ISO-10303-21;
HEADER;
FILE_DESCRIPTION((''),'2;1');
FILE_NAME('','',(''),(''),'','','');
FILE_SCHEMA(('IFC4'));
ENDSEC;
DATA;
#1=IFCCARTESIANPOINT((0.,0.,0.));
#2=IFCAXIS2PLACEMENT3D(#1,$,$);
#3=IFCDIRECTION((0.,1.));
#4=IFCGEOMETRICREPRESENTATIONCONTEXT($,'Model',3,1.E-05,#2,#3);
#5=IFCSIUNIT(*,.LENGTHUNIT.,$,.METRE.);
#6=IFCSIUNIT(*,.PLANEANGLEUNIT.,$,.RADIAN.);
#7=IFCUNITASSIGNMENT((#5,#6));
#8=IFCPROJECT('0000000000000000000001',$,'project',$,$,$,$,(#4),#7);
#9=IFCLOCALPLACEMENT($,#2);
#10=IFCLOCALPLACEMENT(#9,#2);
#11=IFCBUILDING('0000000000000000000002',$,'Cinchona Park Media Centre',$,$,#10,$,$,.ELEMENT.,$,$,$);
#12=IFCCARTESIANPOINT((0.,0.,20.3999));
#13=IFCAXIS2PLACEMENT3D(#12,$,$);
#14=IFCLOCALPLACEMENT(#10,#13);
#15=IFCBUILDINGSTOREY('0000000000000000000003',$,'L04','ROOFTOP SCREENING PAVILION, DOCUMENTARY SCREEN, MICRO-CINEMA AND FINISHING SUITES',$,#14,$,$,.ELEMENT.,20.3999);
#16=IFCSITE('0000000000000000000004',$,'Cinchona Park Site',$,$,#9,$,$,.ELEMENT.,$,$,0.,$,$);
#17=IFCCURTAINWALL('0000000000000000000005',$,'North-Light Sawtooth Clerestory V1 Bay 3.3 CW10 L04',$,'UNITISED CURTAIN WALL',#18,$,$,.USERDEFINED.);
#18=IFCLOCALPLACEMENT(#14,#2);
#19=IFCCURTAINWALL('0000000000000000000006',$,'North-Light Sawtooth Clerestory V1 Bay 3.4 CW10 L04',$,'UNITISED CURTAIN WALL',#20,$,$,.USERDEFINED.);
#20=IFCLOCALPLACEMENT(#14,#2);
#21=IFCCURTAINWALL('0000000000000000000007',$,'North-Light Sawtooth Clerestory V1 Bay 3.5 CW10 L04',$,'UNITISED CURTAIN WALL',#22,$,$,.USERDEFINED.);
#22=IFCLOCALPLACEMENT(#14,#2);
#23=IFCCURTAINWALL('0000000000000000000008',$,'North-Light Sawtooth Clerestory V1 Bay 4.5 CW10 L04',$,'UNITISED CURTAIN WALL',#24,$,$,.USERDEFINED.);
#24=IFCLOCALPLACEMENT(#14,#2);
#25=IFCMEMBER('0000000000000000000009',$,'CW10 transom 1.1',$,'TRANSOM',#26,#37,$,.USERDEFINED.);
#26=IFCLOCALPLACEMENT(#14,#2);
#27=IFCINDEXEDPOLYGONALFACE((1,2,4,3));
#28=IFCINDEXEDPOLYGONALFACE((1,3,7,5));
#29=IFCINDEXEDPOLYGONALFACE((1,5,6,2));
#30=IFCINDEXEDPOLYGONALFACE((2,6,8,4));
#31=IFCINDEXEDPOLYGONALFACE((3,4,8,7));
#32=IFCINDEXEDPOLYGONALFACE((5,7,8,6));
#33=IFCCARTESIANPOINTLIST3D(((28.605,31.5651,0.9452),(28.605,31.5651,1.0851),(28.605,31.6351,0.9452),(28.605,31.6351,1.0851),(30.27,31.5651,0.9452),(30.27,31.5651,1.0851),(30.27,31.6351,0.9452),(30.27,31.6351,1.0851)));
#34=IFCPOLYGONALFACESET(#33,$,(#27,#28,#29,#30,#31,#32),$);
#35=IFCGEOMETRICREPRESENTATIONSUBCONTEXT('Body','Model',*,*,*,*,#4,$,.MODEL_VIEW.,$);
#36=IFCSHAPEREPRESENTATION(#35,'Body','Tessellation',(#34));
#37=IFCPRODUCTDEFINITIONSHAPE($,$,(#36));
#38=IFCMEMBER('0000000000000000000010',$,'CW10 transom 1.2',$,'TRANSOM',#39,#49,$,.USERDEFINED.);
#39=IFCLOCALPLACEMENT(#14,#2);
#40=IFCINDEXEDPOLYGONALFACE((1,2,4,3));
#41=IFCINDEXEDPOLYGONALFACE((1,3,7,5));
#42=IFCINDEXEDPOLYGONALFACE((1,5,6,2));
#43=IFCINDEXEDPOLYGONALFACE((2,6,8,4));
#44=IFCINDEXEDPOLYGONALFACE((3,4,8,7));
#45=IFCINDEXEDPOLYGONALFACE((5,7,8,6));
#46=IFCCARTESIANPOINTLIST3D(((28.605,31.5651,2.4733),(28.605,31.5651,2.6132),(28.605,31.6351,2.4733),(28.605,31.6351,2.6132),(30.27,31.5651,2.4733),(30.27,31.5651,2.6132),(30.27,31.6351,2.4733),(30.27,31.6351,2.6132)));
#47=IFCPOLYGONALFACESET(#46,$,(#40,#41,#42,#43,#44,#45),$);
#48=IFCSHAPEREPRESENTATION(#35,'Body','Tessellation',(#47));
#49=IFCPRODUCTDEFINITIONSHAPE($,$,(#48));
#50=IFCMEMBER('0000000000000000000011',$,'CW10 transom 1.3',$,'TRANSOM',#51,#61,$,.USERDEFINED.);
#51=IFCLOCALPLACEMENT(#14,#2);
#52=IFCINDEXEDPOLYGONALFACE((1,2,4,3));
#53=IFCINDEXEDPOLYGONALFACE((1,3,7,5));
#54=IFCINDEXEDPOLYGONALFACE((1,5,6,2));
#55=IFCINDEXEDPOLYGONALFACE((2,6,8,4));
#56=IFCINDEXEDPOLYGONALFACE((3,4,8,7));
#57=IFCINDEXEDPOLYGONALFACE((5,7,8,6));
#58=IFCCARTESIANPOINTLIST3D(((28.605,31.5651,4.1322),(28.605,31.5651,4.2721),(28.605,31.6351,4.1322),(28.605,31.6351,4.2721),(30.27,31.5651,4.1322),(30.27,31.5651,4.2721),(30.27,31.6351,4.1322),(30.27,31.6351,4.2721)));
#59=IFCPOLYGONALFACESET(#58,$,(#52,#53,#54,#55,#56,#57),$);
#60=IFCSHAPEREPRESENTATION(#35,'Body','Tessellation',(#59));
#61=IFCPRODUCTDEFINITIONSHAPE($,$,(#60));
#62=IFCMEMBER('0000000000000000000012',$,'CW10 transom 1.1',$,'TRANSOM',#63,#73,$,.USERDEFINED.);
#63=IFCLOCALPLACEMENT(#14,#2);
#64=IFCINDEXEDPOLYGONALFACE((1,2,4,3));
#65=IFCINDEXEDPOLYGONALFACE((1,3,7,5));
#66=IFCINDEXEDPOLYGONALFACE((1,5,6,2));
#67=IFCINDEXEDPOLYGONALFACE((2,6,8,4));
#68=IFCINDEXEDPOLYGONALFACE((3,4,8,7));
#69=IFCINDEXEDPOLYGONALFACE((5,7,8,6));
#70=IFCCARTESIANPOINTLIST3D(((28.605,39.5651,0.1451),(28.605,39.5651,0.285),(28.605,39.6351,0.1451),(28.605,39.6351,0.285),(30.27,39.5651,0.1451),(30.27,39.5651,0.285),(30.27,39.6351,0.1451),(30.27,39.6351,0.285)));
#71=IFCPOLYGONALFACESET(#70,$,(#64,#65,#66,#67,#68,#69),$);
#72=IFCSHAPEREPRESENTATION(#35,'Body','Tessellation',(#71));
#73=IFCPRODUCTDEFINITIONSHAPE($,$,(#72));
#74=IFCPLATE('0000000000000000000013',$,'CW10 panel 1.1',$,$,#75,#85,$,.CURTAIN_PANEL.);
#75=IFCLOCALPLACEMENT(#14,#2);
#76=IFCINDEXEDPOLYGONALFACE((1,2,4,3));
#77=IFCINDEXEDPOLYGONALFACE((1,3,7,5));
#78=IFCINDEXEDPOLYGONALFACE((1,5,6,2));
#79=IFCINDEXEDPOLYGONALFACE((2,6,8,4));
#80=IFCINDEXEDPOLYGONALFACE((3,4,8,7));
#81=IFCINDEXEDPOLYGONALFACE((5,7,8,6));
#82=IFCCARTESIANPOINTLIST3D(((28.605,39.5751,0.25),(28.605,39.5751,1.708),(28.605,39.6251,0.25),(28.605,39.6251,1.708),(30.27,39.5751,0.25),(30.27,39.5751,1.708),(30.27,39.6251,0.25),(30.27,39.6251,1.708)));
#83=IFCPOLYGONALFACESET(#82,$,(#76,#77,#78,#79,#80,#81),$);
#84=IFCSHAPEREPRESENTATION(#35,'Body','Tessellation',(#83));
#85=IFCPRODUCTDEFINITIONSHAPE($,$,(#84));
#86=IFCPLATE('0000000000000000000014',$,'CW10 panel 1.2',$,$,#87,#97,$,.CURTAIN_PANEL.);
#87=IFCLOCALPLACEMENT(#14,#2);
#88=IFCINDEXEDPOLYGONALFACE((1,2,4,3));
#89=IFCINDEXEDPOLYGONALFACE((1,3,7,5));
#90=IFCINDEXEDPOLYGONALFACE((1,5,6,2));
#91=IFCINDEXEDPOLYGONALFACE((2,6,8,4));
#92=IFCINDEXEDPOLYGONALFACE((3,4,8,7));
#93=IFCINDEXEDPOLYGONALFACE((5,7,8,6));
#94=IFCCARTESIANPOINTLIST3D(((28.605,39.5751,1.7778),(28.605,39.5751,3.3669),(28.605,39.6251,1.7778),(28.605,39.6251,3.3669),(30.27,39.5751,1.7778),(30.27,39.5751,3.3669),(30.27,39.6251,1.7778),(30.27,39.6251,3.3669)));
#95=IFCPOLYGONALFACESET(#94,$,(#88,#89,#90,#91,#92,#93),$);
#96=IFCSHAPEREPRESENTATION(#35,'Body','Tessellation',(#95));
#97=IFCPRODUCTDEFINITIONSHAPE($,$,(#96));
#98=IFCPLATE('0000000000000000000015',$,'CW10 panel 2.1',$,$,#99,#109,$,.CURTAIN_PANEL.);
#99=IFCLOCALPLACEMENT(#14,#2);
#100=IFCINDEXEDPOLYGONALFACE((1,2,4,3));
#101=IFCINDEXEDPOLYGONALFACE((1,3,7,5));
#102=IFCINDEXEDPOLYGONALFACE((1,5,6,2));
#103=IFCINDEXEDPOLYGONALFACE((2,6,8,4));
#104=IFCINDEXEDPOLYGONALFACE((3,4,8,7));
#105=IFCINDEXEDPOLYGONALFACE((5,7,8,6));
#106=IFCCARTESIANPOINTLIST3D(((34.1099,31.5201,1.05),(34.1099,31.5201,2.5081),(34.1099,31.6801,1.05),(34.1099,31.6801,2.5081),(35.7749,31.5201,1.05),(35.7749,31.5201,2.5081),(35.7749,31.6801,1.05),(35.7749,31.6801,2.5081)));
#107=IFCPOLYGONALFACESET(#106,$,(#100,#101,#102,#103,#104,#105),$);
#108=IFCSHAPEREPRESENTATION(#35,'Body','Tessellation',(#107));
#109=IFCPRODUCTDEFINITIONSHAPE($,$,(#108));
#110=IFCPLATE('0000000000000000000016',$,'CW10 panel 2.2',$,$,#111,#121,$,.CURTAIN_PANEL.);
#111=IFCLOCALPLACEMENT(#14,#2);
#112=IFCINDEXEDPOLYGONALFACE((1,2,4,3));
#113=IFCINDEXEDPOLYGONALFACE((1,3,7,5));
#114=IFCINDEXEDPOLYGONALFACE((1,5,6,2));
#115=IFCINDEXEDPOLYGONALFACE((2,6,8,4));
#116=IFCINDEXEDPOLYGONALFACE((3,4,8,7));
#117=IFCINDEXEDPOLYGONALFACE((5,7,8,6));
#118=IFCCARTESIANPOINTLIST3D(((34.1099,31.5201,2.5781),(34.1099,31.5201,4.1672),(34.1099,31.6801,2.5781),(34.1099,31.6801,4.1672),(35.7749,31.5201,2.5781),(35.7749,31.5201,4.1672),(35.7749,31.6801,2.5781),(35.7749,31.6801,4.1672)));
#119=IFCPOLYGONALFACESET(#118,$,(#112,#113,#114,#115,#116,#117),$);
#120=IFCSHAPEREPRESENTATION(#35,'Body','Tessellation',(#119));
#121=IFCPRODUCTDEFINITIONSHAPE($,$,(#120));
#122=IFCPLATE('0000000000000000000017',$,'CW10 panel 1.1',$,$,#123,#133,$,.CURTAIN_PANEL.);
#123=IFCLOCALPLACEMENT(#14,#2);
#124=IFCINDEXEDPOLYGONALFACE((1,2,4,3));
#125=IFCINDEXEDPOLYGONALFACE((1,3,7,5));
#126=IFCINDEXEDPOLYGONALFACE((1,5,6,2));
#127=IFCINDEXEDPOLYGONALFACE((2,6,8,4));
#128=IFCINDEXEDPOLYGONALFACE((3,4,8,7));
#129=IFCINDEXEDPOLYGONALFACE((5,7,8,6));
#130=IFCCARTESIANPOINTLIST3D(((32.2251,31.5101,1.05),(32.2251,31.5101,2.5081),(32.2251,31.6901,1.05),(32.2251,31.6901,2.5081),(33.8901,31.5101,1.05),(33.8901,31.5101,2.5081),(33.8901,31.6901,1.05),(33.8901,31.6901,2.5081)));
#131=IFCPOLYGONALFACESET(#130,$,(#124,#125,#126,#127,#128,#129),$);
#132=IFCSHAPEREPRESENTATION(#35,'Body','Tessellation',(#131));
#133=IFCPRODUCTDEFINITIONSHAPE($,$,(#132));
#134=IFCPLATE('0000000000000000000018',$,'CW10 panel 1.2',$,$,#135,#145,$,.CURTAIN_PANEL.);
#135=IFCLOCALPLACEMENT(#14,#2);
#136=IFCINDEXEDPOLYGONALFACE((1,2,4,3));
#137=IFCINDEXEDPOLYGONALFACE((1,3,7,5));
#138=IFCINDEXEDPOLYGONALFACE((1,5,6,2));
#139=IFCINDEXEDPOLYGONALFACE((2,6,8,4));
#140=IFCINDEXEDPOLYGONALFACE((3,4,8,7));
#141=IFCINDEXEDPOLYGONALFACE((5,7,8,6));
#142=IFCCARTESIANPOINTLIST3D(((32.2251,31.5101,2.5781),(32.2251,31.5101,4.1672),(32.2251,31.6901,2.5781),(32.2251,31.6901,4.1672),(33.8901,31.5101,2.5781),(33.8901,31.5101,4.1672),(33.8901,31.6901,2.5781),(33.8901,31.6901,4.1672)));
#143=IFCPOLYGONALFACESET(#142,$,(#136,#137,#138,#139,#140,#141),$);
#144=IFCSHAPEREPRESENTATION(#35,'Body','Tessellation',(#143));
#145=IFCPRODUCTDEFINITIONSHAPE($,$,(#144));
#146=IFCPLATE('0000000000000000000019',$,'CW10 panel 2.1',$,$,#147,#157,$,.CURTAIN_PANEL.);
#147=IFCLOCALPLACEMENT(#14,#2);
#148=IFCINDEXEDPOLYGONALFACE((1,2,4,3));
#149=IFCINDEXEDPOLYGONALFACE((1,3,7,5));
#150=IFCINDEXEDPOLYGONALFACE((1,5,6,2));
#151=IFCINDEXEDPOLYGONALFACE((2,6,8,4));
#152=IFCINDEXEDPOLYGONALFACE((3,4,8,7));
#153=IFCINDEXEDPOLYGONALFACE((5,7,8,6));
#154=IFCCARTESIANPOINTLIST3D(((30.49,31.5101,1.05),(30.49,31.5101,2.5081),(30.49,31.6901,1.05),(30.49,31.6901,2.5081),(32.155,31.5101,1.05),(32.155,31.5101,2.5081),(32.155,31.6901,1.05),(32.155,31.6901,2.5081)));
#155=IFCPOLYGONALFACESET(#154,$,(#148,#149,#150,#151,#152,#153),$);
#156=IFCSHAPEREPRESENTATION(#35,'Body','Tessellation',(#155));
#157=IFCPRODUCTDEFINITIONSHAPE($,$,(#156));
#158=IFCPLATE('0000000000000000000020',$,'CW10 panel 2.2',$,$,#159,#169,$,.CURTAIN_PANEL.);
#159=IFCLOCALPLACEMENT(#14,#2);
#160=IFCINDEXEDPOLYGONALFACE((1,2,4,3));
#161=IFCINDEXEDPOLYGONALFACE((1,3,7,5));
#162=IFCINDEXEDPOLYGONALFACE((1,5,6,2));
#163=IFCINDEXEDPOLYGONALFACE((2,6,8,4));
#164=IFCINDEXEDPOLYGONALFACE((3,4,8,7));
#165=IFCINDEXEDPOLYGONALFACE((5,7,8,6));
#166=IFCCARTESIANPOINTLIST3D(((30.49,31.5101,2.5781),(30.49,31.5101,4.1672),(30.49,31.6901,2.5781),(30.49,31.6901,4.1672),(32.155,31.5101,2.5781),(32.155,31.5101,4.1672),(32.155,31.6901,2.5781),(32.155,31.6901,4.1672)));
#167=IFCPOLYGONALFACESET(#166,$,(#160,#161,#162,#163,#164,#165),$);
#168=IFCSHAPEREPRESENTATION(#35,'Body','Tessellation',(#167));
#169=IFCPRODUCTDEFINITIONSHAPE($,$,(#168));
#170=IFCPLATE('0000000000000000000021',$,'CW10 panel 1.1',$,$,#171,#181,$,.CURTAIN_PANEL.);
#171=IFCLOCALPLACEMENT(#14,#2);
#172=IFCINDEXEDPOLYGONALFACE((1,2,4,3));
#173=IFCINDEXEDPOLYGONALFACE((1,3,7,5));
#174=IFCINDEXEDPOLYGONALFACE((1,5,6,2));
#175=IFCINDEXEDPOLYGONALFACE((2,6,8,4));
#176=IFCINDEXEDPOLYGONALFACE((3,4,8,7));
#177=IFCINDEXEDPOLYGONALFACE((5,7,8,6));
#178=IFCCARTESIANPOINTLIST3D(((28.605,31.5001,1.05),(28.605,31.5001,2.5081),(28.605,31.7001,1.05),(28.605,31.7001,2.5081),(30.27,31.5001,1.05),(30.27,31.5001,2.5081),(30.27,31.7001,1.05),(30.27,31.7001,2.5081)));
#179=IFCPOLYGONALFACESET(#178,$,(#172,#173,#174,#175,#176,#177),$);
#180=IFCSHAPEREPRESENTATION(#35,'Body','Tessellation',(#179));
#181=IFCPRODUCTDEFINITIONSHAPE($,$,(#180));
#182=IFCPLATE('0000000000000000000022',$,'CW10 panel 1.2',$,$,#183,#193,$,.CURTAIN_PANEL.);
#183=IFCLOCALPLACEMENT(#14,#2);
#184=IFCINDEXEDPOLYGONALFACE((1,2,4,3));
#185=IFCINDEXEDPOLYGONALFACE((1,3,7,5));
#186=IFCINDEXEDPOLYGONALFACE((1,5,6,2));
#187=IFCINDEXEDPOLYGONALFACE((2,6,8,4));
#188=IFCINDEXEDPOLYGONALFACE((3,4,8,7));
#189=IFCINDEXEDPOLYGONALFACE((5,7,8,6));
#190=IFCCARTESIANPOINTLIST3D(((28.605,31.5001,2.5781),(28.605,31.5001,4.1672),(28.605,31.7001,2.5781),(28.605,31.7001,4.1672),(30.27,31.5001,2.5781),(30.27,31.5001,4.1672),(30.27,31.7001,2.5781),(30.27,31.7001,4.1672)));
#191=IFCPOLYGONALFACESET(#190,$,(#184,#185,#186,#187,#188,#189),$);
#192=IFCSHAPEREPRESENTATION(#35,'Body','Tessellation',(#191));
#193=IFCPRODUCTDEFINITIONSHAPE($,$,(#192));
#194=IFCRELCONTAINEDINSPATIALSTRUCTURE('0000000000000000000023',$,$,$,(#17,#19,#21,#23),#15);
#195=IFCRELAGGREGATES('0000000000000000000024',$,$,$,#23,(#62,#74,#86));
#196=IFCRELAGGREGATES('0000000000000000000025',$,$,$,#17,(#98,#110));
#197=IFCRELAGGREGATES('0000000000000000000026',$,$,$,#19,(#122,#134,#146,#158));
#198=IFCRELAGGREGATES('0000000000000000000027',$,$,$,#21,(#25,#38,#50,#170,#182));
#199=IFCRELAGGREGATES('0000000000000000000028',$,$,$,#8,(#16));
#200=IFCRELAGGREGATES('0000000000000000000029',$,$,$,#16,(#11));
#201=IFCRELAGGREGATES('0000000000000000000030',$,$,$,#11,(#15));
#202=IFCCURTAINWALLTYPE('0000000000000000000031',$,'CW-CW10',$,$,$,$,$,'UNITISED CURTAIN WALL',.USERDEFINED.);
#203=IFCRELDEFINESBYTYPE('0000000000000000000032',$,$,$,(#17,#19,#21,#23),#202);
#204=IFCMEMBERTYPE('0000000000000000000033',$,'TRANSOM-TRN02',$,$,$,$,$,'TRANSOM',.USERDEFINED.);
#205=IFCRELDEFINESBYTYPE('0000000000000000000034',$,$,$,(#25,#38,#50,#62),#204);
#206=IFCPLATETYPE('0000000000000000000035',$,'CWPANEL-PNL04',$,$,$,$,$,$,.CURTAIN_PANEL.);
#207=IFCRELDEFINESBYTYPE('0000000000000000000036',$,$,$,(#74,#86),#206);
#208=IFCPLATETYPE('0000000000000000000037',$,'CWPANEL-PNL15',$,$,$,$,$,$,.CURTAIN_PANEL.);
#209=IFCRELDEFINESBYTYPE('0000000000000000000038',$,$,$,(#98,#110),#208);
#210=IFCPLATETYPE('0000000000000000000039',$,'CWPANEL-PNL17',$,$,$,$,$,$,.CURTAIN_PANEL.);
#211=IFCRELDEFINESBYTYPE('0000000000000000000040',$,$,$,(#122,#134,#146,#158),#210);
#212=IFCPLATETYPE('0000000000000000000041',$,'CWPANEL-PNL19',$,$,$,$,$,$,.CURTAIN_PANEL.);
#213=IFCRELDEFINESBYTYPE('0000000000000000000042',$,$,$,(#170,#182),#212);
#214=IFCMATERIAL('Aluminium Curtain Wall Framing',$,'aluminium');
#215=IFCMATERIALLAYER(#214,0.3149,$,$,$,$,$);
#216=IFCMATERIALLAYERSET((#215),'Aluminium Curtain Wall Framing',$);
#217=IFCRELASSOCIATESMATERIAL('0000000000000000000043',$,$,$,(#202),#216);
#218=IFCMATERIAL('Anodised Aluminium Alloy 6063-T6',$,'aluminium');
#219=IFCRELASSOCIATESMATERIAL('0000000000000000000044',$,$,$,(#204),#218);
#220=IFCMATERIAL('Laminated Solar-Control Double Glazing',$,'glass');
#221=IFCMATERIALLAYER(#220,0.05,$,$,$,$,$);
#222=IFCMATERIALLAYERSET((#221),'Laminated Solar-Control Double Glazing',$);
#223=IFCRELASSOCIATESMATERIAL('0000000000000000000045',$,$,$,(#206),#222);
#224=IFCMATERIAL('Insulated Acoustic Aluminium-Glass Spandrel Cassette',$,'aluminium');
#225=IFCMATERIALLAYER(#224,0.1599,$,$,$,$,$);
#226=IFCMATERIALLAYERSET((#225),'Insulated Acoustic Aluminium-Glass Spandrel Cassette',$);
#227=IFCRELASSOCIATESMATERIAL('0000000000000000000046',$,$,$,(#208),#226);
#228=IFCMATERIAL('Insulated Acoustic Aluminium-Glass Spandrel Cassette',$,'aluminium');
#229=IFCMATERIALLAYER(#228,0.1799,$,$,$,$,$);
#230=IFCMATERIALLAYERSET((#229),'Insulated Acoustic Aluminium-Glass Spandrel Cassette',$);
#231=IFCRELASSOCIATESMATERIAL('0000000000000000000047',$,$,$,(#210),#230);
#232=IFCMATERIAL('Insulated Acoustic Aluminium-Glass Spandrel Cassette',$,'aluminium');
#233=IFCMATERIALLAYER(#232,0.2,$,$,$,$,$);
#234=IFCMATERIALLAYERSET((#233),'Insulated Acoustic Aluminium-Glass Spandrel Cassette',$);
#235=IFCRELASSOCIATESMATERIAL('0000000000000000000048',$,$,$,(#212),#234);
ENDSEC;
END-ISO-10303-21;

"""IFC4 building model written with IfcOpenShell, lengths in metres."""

from ifc_helpers import new_model, si_unit, direction, frame, origin, origin_2d, place, context, subcontext, project, spatial, rectangle, extrude, material, layer, layer_set, material_profile, profile_set, type_object, element, aggregate, save


model = new_model("IFC4")

# Units and contexts
model_context = context("Model", 3, precision=1e-05, world=origin(), true_north=direction((0.0, 1.0)))
body_context = subcontext(model_context, "Body", "Model", "MODEL_VIEW")
ifc_project = project(units=[si_unit("LENGTHUNIT", "METRE"), si_unit("PLANEANGLEUNIT", "RADIAN")], contexts=[model_context])

# Site, building, storey
site_placement = place(None, origin())
site = spatial("IfcSite", under=ifc_project, at=site_placement, Name="Cinchona Park Site", CompositionType="ELEMENT", RefElevation=0.0)
building_placement = place(site_placement, origin())
building = spatial("IfcBuilding", under=site, at=building_placement, Name="Cinchona Park Media Centre", CompositionType="ELEMENT")
storey_placement = place(building_placement, frame((0.0, 0.0, 20.3999)))
storey = spatial("IfcBuildingStorey", under=building, at=storey_placement, Name="L04", Description="ROOFTOP SCREENING PAVILION, DOCUMENTARY SCREEN, MICRO-CINEMA AND FINISHING SUITES", CompositionType="ELEMENT", Elevation=20.3999)

# Curtain wall
ifc_material_1 = material(Name="Aluminium Curtain Wall Framing", Category="aluminium")
ifc_layer_1 = layer(ifc_material_1, 0.3149)
ifc_layer_set_1 = layer_set([ifc_layer_1], Name="Aluminium Curtain Wall Framing")
curtain_wall_type = type_object("IfcCurtainWallType", Name="CW-CW10", ElementType="UNITISED CURTAIN WALL", PredefinedType="USERDEFINED", material=ifc_layer_set_1)
curtain_wall_1_placement = place(storey_placement, origin())
curtain_wall_1 = element("IfcCurtainWall", 1, at=curtain_wall_1_placement, inside=storey, type_object=curtain_wall_type, Name="North-Light Sawtooth Clerestory V1 Bay 3.3 CW10 L04", ObjectType="UNITISED CURTAIN WALL", PredefinedType="USERDEFINED")

# Curtain walls
curtain_wall_2_placement = place(storey_placement, origin())
curtain_wall_2 = element("IfcCurtainWall", 2, at=curtain_wall_2_placement, inside=storey, type_object=curtain_wall_type, Name="North-Light Sawtooth Clerestory V1 Bay 3.4 CW10 L04", ObjectType="UNITISED CURTAIN WALL", PredefinedType="USERDEFINED")
curtain_wall_3_placement = place(storey_placement, origin())
curtain_wall_3 = element("IfcCurtainWall", 3, at=curtain_wall_3_placement, inside=storey, type_object=curtain_wall_type, Name="North-Light Sawtooth Clerestory V1 Bay 3.5 CW10 L04", ObjectType="UNITISED CURTAIN WALL", PredefinedType="USERDEFINED")

# Curtain wall
curtain_wall_4_placement = place(storey_placement, origin())
curtain_wall_4 = element("IfcCurtainWall", 4, at=curtain_wall_4_placement, inside=storey, type_object=curtain_wall_type, Name="North-Light Sawtooth Clerestory V1 Bay 4.5 CW10 L04", ObjectType="UNITISED CURTAIN WALL", PredefinedType="USERDEFINED")

# Members
ifc_material_2 = material(Name="Anodised Aluminium Alloy 6063-T6", Category="aluminium")
ifc_material_profile_1 = material_profile(ifc_material_2, rectangle(XDim=0.0701, YDim=0.1399, at=origin_2d()), Name="TRN-70X140")
ifc_profile_set_1 = profile_set([ifc_material_profile_1], Name="Anodised Aluminium Alloy 6063-T6")
member_type_1 = type_object("IfcMemberType", Name="TRANSOM-TRN02", ElementType="TRANSOM", PredefinedType="USERDEFINED", material=ifc_profile_set_1)
member_1_placement = place(storey_placement, frame((30.27, 31.6001, 1.0151), z_axis=(-1.0, 0.0, 0.0), x_axis=(0.0, -1.0, 0.0)))
member_1 = element("IfcMember", 5, at=member_1_placement, type_object=member_type_1, Name="CW10 transom 1.1", ObjectType="TRANSOM", PredefinedType="USERDEFINED", context=body_context, shape_type="SweptSolid", body=[
    extrude(rectangle(XDim=0.0701, YDim=0.1399, at=origin_2d()), origin(), (0.0, 0.0, 1.0), 1.665),
])
member_2_placement = place(storey_placement, frame((30.27, 31.6001, 2.5432), z_axis=(-1.0, 0.0, 0.0), x_axis=(0.0, -1.0, 0.0)))
member_2 = element("IfcMember", 6, at=member_2_placement, type_object=member_type_1, Name="CW10 transom 1.2", ObjectType="TRANSOM", PredefinedType="USERDEFINED", context=body_context, shape_type="SweptSolid", body=[
    extrude(rectangle(XDim=0.0701, YDim=0.1399, at=origin_2d()), origin(), (0.0, 0.0, 1.0), 1.665),
])
member_3_placement = place(storey_placement, frame((30.27, 31.6001, 4.2021), z_axis=(-1.0, 0.0, 0.0), x_axis=(0.0, -1.0, 0.0)))
member_3 = element("IfcMember", 7, at=member_3_placement, type_object=member_type_1, Name="CW10 transom 1.3", ObjectType="TRANSOM", PredefinedType="USERDEFINED", context=body_context, shape_type="SweptSolid", body=[
    extrude(rectangle(XDim=0.0701, YDim=0.1399, at=origin_2d()), origin(), (0.0, 0.0, 1.0), 1.665),
])
member_4_placement = place(storey_placement, frame((30.27, 39.6001, 0.2151), z_axis=(-1.0, 0.0, 0.0), x_axis=(0.0, -1.0, 0.0)))
member_4 = element("IfcMember", 8, at=member_4_placement, type_object=member_type_1, Name="CW10 transom 1.1", ObjectType="TRANSOM", PredefinedType="USERDEFINED", context=body_context, shape_type="SweptSolid", body=[
    extrude(rectangle(XDim=0.0701, YDim=0.1399, at=origin_2d()), origin(), (0.0, 0.0, 1.0), 1.665),
])

# Plates
ifc_material_3 = material(Name="Laminated Solar-Control Double Glazing", Category="glass")
ifc_layer_2 = layer(ifc_material_3, 0.05)
ifc_layer_set_2 = layer_set([ifc_layer_2], Name="Laminated Solar-Control Double Glazing")
plate_type_1 = type_object("IfcPlateType", Name="CWPANEL-PNL04", PredefinedType="CURTAIN_PANEL", material=ifc_layer_set_2)
plate_1_placement = place(storey_placement, frame((29.4375, 39.6001, 0.25), z_axis=(0.0, 0.0, 1.0), x_axis=(-1.0, 0.0, 0.0)))
plate_1 = element("IfcPlate", 9, at=plate_1_placement, type_object=plate_type_1, Name="CW10 panel 1.1", PredefinedType="CURTAIN_PANEL", context=body_context, shape_type="SweptSolid", body=[
    extrude(rectangle(XDim=1.665, YDim=0.05, at=origin_2d()), origin(), (0.0, 0.0, 1.0), 1.458),
])
plate_2_placement = place(storey_placement, frame((29.4375, 39.6001, 1.7778), z_axis=(0.0, 0.0, 1.0), x_axis=(-1.0, 0.0, 0.0)))
plate_2 = element("IfcPlate", 10, at=plate_2_placement, type_object=plate_type_1, Name="CW10 panel 1.2", PredefinedType="CURTAIN_PANEL", context=body_context, shape_type="SweptSolid", body=[
    extrude(rectangle(XDim=1.665, YDim=0.05, at=origin_2d()), origin(), (0.0, 0.0, 1.0), 1.5891),
])
aggregate(curtain_wall_4, [member_4, plate_1, plate_2])
ifc_material_4 = material(Name="Insulated Acoustic Aluminium-Glass Spandrel Cassette", Category="aluminium")
ifc_layer_3 = layer(ifc_material_4, 0.1599)
ifc_layer_set_3 = layer_set([ifc_layer_3], Name="Insulated Acoustic Aluminium-Glass Spandrel Cassette")
plate_type_2 = type_object("IfcPlateType", Name="CWPANEL-PNL15", PredefinedType="CURTAIN_PANEL", material=ifc_layer_set_3)
plate_3_placement = place(storey_placement, frame((34.9424, 31.6001, 1.05), z_axis=(0.0, 0.0, 1.0), x_axis=(-1.0, 0.0, 0.0)))
plate_3 = element("IfcPlate", 11, at=plate_3_placement, type_object=plate_type_2, Name="CW10 panel 2.1", PredefinedType="CURTAIN_PANEL", context=body_context, shape_type="SweptSolid", body=[
    extrude(rectangle(XDim=1.665, YDim=0.1599, at=origin_2d()), origin(), (0.0, 0.0, 1.0), 1.458),
])
plate_4_placement = place(storey_placement, frame((34.9424, 31.6001, 2.5781), z_axis=(0.0, 0.0, 1.0), x_axis=(-1.0, 0.0, 0.0)))
plate_4 = element("IfcPlate", 12, at=plate_4_placement, type_object=plate_type_2, Name="CW10 panel 2.2", PredefinedType="CURTAIN_PANEL", context=body_context, shape_type="SweptSolid", body=[
    extrude(rectangle(XDim=1.665, YDim=0.1599, at=origin_2d()), origin(), (0.0, 0.0, 1.0), 1.5891),
])
aggregate(curtain_wall_1, [plate_3, plate_4])
ifc_material_5 = material(Name="Insulated Acoustic Aluminium-Glass Spandrel Cassette", Category="aluminium")
ifc_layer_4 = layer(ifc_material_5, 0.1799)
ifc_layer_set_4 = layer_set([ifc_layer_4], Name="Insulated Acoustic Aluminium-Glass Spandrel Cassette")
plate_type_3 = type_object("IfcPlateType", Name="CWPANEL-PNL17", PredefinedType="CURTAIN_PANEL", material=ifc_layer_set_4)
plate_5_placement = place(storey_placement, frame((33.0576, 31.6001, 1.05), z_axis=(0.0, 0.0, 1.0), x_axis=(-1.0, 0.0, 0.0)))
plate_5 = element("IfcPlate", 13, at=plate_5_placement, type_object=plate_type_3, Name="CW10 panel 1.1", PredefinedType="CURTAIN_PANEL", context=body_context, shape_type="SweptSolid", body=[
    extrude(rectangle(XDim=1.665, YDim=0.1799, at=origin_2d()), origin(), (0.0, 0.0, 1.0), 1.458),
])
plate_6_placement = place(storey_placement, frame((33.0576, 31.6001, 2.5781), z_axis=(0.0, 0.0, 1.0), x_axis=(-1.0, 0.0, 0.0)))
plate_6 = element("IfcPlate", 14, at=plate_6_placement, type_object=plate_type_3, Name="CW10 panel 1.2", PredefinedType="CURTAIN_PANEL", context=body_context, shape_type="SweptSolid", body=[
    extrude(rectangle(XDim=1.665, YDim=0.1799, at=origin_2d()), origin(), (0.0, 0.0, 1.0), 1.5891),
])
plate_7_placement = place(storey_placement, frame((31.3225, 31.6001, 1.05), z_axis=(0.0, 0.0, 1.0), x_axis=(-1.0, 0.0, 0.0)))
plate_7 = element("IfcPlate", 15, at=plate_7_placement, type_object=plate_type_3, Name="CW10 panel 2.1", PredefinedType="CURTAIN_PANEL", context=body_context, shape_type="SweptSolid", body=[
    extrude(rectangle(XDim=1.665, YDim=0.1799, at=origin_2d()), origin(), (0.0, 0.0, 1.0), 1.458),
])
plate_8_placement = place(storey_placement, frame((31.3225, 31.6001, 2.5781), z_axis=(0.0, 0.0, 1.0), x_axis=(-1.0, 0.0, 0.0)))
plate_8 = element("IfcPlate", 16, at=plate_8_placement, type_object=plate_type_3, Name="CW10 panel 2.2", PredefinedType="CURTAIN_PANEL", context=body_context, shape_type="SweptSolid", body=[
    extrude(rectangle(XDim=1.665, YDim=0.1799, at=origin_2d()), origin(), (0.0, 0.0, 1.0), 1.5891),
])
aggregate(curtain_wall_2, [plate_5, plate_6, plate_7, plate_8])
ifc_material_6 = material(Name="Insulated Acoustic Aluminium-Glass Spandrel Cassette", Category="aluminium")
ifc_layer_5 = layer(ifc_material_6, 0.2)
ifc_layer_set_5 = layer_set([ifc_layer_5], Name="Insulated Acoustic Aluminium-Glass Spandrel Cassette")
plate_type_4 = type_object("IfcPlateType", Name="CWPANEL-PNL19", PredefinedType="CURTAIN_PANEL", material=ifc_layer_set_5)
plate_9_placement = place(storey_placement, frame((29.4375, 31.6001, 1.05), z_axis=(0.0, 0.0, 1.0), x_axis=(-1.0, 0.0, 0.0)))
plate_9 = element("IfcPlate", 17, at=plate_9_placement, type_object=plate_type_4, Name="CW10 panel 1.1", PredefinedType="CURTAIN_PANEL", context=body_context, shape_type="SweptSolid", body=[
    extrude(rectangle(XDim=1.665, YDim=0.2, at=origin_2d()), origin(), (0.0, 0.0, 1.0), 1.458),
])
plate_10_placement = place(storey_placement, frame((29.4375, 31.6001, 2.5781), z_axis=(0.0, 0.0, 1.0), x_axis=(-1.0, 0.0, 0.0)))
plate_10 = element("IfcPlate", 18, at=plate_10_placement, type_object=plate_type_4, Name="CW10 panel 1.2", PredefinedType="CURTAIN_PANEL", context=body_context, shape_type="SweptSolid", body=[
    extrude(rectangle(XDim=1.665, YDim=0.2, at=origin_2d()), origin(), (0.0, 0.0, 1.0), 1.5891),
])
aggregate(curtain_wall_3, [member_1, member_2, member_3, plate_9, plate_10])

save(model, "model.ifc")
